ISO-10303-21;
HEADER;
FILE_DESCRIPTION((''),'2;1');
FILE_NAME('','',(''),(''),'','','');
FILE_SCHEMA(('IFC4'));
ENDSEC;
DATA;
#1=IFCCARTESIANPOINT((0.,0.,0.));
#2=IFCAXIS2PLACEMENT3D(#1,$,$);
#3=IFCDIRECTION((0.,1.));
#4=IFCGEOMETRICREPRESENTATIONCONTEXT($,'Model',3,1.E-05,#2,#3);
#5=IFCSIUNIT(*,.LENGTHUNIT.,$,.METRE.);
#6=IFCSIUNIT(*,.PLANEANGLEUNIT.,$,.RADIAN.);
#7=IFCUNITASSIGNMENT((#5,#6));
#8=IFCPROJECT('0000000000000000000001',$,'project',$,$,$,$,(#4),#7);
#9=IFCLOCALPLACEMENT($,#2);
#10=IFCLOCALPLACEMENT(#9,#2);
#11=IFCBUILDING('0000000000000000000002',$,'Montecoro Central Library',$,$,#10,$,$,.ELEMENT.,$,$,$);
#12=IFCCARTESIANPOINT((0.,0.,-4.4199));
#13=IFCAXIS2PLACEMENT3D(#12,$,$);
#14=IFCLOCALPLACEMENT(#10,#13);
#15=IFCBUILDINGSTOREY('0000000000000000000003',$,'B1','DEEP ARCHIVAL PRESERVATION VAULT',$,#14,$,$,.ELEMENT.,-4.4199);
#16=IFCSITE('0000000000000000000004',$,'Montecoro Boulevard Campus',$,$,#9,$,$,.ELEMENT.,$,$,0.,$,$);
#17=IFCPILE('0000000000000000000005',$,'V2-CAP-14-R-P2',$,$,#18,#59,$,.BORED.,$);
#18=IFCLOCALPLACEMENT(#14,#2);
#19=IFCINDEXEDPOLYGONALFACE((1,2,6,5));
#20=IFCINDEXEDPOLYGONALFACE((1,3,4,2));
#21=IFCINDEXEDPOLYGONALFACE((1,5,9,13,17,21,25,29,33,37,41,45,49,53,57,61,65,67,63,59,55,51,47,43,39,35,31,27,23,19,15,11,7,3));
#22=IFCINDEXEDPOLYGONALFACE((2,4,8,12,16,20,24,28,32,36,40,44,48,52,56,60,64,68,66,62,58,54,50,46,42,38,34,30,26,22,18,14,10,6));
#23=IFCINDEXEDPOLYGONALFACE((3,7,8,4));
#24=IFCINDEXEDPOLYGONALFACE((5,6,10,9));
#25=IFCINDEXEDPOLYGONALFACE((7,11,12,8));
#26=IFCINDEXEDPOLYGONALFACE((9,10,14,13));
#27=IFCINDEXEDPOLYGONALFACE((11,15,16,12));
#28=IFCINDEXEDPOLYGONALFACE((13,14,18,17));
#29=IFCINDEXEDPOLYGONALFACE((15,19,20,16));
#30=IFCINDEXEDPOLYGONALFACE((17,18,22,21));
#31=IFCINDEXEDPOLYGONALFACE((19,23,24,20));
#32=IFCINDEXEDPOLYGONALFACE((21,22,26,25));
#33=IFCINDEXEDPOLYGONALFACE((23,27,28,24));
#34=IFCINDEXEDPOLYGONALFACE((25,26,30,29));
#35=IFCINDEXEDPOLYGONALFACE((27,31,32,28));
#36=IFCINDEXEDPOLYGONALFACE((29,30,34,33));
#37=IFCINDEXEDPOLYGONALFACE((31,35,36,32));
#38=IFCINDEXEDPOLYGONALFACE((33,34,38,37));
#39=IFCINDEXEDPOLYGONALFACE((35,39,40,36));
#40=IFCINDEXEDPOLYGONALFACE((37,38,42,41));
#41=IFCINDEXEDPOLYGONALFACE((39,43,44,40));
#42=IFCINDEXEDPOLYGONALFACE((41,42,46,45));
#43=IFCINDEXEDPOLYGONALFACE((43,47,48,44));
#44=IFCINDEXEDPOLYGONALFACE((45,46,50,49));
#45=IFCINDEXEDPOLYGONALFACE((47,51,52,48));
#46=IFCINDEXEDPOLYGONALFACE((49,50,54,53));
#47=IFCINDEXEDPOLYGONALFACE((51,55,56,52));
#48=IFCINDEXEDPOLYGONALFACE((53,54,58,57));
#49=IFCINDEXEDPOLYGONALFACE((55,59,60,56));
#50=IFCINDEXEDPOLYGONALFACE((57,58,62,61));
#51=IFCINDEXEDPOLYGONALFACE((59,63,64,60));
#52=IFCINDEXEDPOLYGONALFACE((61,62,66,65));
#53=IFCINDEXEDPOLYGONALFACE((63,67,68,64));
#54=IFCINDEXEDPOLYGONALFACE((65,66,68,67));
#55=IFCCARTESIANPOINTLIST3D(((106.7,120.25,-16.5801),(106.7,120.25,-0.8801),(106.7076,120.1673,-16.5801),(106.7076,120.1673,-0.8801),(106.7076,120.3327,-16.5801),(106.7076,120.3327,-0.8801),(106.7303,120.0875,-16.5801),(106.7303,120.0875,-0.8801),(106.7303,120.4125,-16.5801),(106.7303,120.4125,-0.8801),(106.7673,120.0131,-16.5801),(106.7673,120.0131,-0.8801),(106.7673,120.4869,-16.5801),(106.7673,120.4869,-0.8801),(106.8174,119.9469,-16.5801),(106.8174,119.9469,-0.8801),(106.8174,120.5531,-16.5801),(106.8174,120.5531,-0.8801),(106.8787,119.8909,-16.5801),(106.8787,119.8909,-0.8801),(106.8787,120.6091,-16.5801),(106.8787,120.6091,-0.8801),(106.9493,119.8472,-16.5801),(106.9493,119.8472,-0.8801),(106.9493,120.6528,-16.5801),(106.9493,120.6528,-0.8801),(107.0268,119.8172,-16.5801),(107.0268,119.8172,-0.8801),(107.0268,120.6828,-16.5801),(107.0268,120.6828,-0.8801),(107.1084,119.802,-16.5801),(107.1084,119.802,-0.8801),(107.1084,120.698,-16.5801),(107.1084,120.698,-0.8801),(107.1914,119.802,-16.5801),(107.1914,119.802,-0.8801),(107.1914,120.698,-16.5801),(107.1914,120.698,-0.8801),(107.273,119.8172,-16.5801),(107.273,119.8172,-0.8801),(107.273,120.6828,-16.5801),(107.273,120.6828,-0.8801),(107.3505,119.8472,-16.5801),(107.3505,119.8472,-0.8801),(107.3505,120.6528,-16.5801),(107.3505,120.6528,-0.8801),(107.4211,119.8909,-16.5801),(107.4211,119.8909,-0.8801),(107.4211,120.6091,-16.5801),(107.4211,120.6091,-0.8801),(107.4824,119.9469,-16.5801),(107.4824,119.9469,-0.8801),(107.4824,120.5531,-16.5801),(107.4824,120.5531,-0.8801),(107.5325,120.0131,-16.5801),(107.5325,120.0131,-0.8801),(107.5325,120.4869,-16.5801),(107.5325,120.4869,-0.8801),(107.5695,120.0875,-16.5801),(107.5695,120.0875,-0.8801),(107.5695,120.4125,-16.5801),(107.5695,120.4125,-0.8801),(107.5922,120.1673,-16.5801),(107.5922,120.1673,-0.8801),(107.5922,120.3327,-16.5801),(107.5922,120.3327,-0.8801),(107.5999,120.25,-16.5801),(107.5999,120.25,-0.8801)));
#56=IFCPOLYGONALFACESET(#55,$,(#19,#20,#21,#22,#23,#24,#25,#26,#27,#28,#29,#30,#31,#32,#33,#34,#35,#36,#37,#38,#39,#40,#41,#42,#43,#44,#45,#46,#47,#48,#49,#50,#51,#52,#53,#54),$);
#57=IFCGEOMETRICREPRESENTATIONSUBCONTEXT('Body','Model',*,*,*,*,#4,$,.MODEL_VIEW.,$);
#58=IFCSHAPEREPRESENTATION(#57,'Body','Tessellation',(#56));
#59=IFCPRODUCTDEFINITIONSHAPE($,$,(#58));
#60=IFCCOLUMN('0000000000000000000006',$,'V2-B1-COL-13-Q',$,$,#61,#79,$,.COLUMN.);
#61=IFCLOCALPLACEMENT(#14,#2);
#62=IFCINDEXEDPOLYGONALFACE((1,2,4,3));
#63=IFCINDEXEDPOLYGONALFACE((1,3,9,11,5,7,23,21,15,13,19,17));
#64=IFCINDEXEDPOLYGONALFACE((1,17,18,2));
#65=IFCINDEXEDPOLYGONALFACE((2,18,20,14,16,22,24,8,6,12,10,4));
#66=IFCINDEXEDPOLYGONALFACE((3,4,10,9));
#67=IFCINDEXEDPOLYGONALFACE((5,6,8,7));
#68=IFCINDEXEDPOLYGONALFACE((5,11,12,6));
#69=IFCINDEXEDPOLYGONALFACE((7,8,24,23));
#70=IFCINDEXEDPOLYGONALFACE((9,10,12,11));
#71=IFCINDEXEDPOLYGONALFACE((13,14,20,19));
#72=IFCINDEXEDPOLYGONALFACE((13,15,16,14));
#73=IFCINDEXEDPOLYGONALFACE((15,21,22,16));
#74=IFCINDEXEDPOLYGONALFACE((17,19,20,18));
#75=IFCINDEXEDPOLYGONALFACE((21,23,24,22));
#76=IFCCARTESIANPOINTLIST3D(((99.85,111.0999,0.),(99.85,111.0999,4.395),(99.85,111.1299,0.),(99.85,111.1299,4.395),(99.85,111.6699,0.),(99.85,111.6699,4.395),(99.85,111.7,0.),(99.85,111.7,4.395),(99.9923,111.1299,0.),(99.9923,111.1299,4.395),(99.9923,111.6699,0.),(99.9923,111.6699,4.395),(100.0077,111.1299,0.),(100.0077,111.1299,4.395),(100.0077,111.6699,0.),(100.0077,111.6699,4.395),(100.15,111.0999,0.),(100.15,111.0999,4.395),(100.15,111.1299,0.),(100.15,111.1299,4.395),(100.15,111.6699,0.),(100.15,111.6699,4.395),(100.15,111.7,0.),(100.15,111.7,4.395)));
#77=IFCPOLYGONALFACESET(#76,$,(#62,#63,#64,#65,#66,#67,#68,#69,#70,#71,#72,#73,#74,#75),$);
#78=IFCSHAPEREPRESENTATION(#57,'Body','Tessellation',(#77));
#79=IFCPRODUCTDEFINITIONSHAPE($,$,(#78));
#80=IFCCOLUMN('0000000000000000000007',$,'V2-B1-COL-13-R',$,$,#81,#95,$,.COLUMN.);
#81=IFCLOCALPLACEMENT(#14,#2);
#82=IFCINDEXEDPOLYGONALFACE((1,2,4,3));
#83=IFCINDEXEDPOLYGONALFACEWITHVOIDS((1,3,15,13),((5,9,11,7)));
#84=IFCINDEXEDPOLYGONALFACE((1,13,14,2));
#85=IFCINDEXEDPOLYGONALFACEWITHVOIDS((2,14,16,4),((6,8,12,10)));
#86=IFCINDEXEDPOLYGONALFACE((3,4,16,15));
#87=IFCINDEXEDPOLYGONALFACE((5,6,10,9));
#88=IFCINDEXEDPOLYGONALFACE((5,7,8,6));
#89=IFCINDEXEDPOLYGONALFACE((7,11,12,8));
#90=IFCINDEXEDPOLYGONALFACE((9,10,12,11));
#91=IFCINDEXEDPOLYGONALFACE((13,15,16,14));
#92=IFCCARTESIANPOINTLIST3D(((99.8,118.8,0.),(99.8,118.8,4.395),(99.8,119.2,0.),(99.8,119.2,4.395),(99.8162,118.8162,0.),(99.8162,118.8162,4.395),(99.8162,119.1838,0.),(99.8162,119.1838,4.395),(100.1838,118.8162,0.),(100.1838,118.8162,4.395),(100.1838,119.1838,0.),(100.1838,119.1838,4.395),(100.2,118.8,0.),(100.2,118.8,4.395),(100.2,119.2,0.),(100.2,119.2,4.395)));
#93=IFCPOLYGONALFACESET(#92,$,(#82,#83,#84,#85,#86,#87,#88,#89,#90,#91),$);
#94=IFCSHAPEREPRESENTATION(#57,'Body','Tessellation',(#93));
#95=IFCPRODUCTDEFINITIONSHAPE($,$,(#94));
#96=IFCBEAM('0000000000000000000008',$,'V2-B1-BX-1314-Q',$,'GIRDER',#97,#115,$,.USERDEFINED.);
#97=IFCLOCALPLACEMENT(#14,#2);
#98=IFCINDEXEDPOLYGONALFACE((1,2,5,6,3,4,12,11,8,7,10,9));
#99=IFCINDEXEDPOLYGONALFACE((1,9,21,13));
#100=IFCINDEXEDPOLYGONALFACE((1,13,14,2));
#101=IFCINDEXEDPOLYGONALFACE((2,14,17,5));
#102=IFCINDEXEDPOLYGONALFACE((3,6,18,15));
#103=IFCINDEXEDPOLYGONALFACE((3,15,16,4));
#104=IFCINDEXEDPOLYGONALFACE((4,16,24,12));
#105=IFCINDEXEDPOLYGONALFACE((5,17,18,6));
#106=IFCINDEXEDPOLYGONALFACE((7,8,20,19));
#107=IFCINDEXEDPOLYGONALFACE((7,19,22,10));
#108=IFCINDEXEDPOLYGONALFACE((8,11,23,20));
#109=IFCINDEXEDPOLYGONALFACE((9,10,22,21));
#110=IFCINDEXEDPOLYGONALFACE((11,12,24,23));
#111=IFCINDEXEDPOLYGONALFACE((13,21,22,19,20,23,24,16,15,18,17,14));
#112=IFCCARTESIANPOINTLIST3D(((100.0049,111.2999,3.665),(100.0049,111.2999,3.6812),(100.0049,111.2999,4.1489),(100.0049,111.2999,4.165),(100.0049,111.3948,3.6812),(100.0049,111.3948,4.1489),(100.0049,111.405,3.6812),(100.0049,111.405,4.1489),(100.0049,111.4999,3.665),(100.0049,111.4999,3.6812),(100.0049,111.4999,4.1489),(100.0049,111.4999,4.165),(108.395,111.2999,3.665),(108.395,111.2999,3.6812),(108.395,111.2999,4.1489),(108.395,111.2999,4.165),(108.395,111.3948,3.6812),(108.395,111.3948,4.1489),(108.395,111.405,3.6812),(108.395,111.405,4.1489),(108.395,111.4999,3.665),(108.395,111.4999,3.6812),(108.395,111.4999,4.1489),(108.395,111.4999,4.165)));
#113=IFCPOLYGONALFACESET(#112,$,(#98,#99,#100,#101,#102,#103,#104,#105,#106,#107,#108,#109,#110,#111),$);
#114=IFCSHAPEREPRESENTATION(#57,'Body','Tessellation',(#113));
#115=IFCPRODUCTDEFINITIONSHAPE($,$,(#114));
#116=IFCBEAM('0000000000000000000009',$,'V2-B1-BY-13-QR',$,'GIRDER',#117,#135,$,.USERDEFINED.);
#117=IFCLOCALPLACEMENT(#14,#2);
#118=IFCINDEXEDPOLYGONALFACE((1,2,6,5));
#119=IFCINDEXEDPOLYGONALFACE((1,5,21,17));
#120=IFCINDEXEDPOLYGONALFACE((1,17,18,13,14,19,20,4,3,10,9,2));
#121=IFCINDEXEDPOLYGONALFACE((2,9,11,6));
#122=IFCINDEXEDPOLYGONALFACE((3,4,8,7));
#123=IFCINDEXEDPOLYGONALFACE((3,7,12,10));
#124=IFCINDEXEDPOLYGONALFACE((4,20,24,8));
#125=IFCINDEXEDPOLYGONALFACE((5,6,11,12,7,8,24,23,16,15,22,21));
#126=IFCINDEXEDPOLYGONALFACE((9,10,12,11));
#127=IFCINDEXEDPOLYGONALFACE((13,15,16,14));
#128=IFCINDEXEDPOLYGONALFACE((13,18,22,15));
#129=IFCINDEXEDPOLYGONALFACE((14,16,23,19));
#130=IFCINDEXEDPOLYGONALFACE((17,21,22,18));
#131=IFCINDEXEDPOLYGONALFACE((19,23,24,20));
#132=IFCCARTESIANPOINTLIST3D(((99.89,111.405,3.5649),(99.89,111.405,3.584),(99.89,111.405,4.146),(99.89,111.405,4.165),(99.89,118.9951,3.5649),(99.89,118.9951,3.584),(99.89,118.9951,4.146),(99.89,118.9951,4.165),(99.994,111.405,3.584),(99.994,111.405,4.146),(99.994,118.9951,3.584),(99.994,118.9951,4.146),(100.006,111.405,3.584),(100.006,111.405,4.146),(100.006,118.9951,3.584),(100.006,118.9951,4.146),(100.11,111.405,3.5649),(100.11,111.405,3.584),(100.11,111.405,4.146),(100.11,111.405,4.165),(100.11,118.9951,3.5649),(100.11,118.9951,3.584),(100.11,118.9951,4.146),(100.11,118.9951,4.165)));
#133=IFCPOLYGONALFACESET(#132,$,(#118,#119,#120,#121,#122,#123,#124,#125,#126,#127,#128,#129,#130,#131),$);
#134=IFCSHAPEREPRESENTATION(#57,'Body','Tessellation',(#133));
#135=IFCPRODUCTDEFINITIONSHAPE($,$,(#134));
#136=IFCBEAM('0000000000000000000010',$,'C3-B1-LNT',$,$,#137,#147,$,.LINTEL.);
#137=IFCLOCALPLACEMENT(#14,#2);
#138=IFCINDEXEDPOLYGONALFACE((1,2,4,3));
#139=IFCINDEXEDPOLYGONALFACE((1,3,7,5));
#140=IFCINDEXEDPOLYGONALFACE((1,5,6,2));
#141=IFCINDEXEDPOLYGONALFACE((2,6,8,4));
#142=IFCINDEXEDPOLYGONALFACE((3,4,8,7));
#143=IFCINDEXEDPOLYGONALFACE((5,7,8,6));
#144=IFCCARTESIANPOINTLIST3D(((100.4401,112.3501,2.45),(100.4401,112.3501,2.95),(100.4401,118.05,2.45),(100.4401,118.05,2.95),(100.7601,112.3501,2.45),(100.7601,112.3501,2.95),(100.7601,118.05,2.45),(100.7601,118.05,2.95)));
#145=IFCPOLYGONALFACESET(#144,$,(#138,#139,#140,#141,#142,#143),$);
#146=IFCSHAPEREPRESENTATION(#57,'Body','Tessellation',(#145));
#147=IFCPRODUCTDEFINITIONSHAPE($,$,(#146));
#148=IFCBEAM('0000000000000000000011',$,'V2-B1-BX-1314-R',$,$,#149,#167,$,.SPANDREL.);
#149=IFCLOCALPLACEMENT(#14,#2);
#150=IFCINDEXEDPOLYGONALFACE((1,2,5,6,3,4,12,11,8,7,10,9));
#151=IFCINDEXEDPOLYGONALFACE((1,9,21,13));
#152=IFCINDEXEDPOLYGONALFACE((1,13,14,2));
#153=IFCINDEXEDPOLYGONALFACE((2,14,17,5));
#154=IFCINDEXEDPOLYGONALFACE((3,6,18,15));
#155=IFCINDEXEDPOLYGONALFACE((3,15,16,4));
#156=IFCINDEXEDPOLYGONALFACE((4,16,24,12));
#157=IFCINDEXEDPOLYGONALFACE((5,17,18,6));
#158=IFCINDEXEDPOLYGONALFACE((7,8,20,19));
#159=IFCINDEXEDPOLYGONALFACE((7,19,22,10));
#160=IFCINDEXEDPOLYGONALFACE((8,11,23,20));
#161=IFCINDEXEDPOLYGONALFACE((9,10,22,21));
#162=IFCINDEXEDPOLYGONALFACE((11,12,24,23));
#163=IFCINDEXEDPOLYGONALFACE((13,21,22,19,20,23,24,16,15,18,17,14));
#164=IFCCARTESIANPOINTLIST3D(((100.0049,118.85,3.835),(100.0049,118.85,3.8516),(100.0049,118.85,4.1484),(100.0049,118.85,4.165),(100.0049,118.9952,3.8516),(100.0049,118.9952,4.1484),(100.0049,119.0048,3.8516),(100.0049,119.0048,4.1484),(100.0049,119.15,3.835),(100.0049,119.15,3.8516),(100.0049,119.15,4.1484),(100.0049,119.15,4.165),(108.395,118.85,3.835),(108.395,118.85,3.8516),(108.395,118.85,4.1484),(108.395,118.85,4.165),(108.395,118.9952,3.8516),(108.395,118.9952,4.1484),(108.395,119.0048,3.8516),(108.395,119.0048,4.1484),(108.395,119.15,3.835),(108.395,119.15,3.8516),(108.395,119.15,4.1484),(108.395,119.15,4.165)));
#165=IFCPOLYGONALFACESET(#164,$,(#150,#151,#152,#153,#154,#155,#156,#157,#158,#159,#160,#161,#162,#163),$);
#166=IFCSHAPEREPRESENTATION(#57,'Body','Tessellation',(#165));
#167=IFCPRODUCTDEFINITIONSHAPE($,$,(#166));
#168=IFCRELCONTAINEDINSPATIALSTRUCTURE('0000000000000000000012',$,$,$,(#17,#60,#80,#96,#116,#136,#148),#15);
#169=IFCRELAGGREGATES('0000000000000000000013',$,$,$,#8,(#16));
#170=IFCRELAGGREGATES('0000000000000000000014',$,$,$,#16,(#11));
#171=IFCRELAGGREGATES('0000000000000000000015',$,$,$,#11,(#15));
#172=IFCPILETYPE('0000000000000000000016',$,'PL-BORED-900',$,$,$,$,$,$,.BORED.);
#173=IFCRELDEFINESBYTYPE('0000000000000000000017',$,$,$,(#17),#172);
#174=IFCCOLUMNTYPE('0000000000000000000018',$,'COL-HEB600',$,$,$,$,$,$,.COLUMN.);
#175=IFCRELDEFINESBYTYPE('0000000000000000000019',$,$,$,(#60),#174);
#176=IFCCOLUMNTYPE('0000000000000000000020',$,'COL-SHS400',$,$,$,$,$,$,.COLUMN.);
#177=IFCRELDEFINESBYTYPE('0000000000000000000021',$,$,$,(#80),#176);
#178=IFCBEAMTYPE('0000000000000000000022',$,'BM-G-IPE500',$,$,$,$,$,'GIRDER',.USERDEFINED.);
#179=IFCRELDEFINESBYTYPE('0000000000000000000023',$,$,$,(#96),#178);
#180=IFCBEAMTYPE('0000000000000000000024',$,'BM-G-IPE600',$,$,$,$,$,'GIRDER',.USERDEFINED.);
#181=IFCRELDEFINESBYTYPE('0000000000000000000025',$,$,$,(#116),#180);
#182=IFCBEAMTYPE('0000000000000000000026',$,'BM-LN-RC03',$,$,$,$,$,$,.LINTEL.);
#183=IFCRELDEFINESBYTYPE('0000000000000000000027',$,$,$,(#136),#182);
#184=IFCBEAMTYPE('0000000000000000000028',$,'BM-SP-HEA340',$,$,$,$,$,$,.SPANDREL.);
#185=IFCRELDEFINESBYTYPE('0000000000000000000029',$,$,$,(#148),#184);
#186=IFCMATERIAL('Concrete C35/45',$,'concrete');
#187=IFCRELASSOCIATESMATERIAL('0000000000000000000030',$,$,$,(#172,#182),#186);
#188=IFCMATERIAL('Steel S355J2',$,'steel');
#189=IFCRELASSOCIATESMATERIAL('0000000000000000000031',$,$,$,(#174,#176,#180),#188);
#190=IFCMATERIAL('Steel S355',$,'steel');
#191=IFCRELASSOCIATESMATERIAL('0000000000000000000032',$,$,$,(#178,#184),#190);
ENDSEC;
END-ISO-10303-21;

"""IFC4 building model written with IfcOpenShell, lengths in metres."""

from ifc_helpers import new_model, si_unit, direction, frame, origin, origin_2d, place, context, subcontext, project, spatial, rectangle, hollow_rectangle, circle, i_section, extrude, material, material_profile, profile_set, type_object, element, save


model = new_model("IFC4")

# Units and contexts
model_context = context("Model", 3, precision=1e-05, world=origin(), true_north=direction((0.0, 1.0)))
body_context = subcontext(model_context, "Body", "Model", "MODEL_VIEW")
ifc_project = project(units=[si_unit("LENGTHUNIT", "METRE"), si_unit("PLANEANGLEUNIT", "RADIAN")], contexts=[model_context])

# Site, building, storey
site_placement = place(None, origin())
site = spatial("IfcSite", under=ifc_project, at=site_placement, Name="Montecoro Boulevard Campus", CompositionType="ELEMENT", RefElevation=0.0)
building_placement = place(site_placement, origin())
building = spatial("IfcBuilding", under=site, at=building_placement, Name="Montecoro Central Library", CompositionType="ELEMENT")
storey_placement = place(building_placement, frame((0.0, 0.0, -4.4199)))
storey = spatial("IfcBuildingStorey", under=building, at=storey_placement, Name="B1", Description="DEEP ARCHIVAL PRESERVATION VAULT", CompositionType="ELEMENT", Elevation=-4.4199)

# Shared definitions
ifc_material_1 = material(Name="Concrete C35/45", Category="concrete")

# Pile
ifc_material_profile_1 = material_profile(ifc_material_1, circle(Radius=0.45, at=origin_2d()), Name="PILE D900")
ifc_profile_set_1 = profile_set([ifc_material_profile_1], Name="Concrete C35/45")
pile_type_1 = type_object("IfcPileType", Name="PL-BORED-900", PredefinedType="BORED", material=ifc_profile_set_1)
for number, where, z_axis, x_axis, name in (
    (1, (107.1499, 120.25, -0.8801), (0.0, 0.0, -1.0), (1.0, 0.0, 0.0), "V2-CAP-14-R-P2"),
):
    element("IfcPile", number, at=place(storey_placement, frame(where, z_axis=z_axis, x_axis=x_axis)), inside=storey, type_object=pile_type_1, Name=name, PredefinedType="BORED", context=body_context, shape_type="SweptSolid", body=[
        extrude(circle(Radius=0.45, at=origin_2d()), origin(), (0.0, 0.0, 1.0), 15.7),
    ])

# Columns
ifc_material_2 = material(Name="Steel S355J2", Category="steel")
ifc_material_profile_2 = material_profile(ifc_material_2, i_section(OverallWidth=0.3, OverallDepth=0.6001, WebThickness=0.0154, FlangeThickness=0.03, at=origin_2d()), Name="HEB 600")
ifc_profile_set_2 = profile_set([ifc_material_profile_2], Name="Steel S355J2")
column_type_1 = type_object("IfcColumnType", Name="COL-HEB600", PredefinedType="COLUMN", material=ifc_profile_set_2)
column_1_placement = place(storey_placement, frame((100.0, 111.3999, 0.0), z_axis=(0.0, 0.0, 1.0), x_axis=(1.0, 0.0, 0.0)))
element("IfcColumn", 2, at=column_1_placement, inside=storey, type_object=column_type_1, Name="V2-B1-COL-13-Q", PredefinedType="COLUMN", context=body_context, shape_type="SweptSolid", body=[
    extrude(i_section(OverallWidth=0.3, OverallDepth=0.6001, WebThickness=0.0154, FlangeThickness=0.03, at=origin_2d()), origin(), (0.0, 0.0, 1.0), 4.395),
])
ifc_material_profile_3 = material_profile(ifc_material_2, hollow_rectangle(XDim=0.3999, YDim=0.3999, WallThickness=0.0161, at=origin_2d()), Name="SHS 400x400x16.0")
ifc_profile_set_3 = profile_set([ifc_material_profile_3], Name="Steel S355J2")
column_type_2 = type_object("IfcColumnType", Name="COL-SHS400", PredefinedType="COLUMN", material=ifc_profile_set_3)
column_2_placement = place(storey_placement, frame((100.0, 119.0, 0.0), z_axis=(0.0, 0.0, 1.0), x_axis=(1.0, 0.0, 0.0)))
element("IfcColumn", 3, at=column_2_placement, inside=storey, type_object=column_type_2, Name="V2-B1-COL-13-R", PredefinedType="COLUMN", context=body_context, shape_type="SweptSolid", body=[
    extrude(hollow_rectangle(XDim=0.3999, YDim=0.3999, WallThickness=0.0161, at=origin_2d()), origin(), (0.0, 0.0, 1.0), 4.395),
])

# Beams
ifc_material_3 = material(Name="Steel S355", Category="steel")
ifc_material_profile_4 = material_profile(ifc_material_3, i_section(OverallWidth=0.2, OverallDepth=0.5, WebThickness=0.0103, FlangeThickness=0.0161, at=origin_2d()), Name="IPE 500")
ifc_profile_set_4 = profile_set([ifc_material_profile_4], Name="Steel S355")
beam_type_1 = type_object("IfcBeamType", Name="BM-G-IPE500", ElementType="GIRDER", PredefinedType="USERDEFINED", material=ifc_profile_set_4)
beam_1_placement = place(storey_placement, frame((100.0049, 111.3999, 3.915), z_axis=(1.0, 0.0, 0.0), x_axis=(0.0, 1.0, 0.0)))
element("IfcBeam", 4, at=beam_1_placement, inside=storey, type_object=beam_type_1, Name="V2-B1-BX-1314-Q", ObjectType="GIRDER", PredefinedType="USERDEFINED", context=body_context, shape_type="SweptSolid", body=[
    extrude(i_section(OverallWidth=0.2, OverallDepth=0.5, WebThickness=0.0103, FlangeThickness=0.0161, at=origin_2d()), origin(), (0.0, 0.0, 1.0), 8.3901),
])
ifc_material_profile_5 = material_profile(ifc_material_2, i_section(OverallWidth=0.22, OverallDepth=0.6001, WebThickness=0.012, FlangeThickness=0.019, at=origin_2d()), Name="IPE 600")
ifc_profile_set_5 = profile_set([ifc_material_profile_5], Name="Steel S355J2")
beam_type_2 = type_object("IfcBeamType", Name="BM-G-IPE600", ElementType="GIRDER", PredefinedType="USERDEFINED", material=ifc_profile_set_5)
beam_2_placement = place(storey_placement, frame((100.0, 111.405, 3.865), z_axis=(0.0, 1.0, 0.0), x_axis=(-1.0, 0.0, 0.0)))
element("IfcBeam", 5, at=beam_2_placement, inside=storey, type_object=beam_type_2, Name="V2-B1-BY-13-QR", ObjectType="GIRDER", PredefinedType="USERDEFINED", context=body_context, shape_type="SweptSolid", body=[
    extrude(i_section(OverallWidth=0.22, OverallDepth=0.6001, WebThickness=0.012, FlangeThickness=0.019, at=origin_2d()), origin(), (0.0, 0.0, 1.0), 7.5901),
])
ifc_material_profile_6 = material_profile(ifc_material_1, rectangle(XDim=0.3201, YDim=0.5, at=origin_2d()), Name="RC LNT 500x320")
ifc_profile_set_6 = profile_set([ifc_material_profile_6], Name="Concrete C35/45")
beam_type_3 = type_object("IfcBeamType", Name="BM-LN-RC03", PredefinedType="LINTEL", material=ifc_profile_set_6)
beam_3_placement = place(storey_placement, frame((100.6001, 112.3501, 2.7), z_axis=(0.0, 1.0, 0.0), x_axis=(-1.0, 0.0, 0.0)))
element("IfcBeam", 6, at=beam_3_placement, inside=storey, type_object=beam_type_3, Name="C3-B1-LNT", PredefinedType="LINTEL", context=body_context, shape_type="SweptSolid", body=[
    extrude(rectangle(XDim=0.3201, YDim=0.5, at=origin_2d()), origin(), (0.0, 0.0, 1.0), 5.7),
])
ifc_material_profile_7 = material_profile(ifc_material_3, i_section(OverallWidth=0.3, OverallDepth=0.3301, WebThickness=0.0095, FlangeThickness=0.0166, at=origin_2d()), Name="HEA 340")
ifc_profile_set_7 = profile_set([ifc_material_profile_7], Name="Steel S355")
beam_type_4 = type_object("IfcBeamType", Name="BM-SP-HEA340", PredefinedType="SPANDREL", material=ifc_profile_set_7)
beam_4_placement = place(storey_placement, frame((100.0049, 119.0, 4.0), z_axis=(1.0, 0.0, 0.0), x_axis=(0.0, 1.0, 0.0)))
element("IfcBeam", 7, at=beam_4_placement, inside=storey, type_object=beam_type_4, Name="V2-B1-BX-1314-R", PredefinedType="SPANDREL", context=body_context, shape_type="SweptSolid", body=[
    extrude(i_section(OverallWidth=0.3, OverallDepth=0.3301, WebThickness=0.0095, FlangeThickness=0.0166, at=origin_2d()), origin(), (0.0, 0.0, 1.0), 8.3901),
])

save(model, "model.ifc")
